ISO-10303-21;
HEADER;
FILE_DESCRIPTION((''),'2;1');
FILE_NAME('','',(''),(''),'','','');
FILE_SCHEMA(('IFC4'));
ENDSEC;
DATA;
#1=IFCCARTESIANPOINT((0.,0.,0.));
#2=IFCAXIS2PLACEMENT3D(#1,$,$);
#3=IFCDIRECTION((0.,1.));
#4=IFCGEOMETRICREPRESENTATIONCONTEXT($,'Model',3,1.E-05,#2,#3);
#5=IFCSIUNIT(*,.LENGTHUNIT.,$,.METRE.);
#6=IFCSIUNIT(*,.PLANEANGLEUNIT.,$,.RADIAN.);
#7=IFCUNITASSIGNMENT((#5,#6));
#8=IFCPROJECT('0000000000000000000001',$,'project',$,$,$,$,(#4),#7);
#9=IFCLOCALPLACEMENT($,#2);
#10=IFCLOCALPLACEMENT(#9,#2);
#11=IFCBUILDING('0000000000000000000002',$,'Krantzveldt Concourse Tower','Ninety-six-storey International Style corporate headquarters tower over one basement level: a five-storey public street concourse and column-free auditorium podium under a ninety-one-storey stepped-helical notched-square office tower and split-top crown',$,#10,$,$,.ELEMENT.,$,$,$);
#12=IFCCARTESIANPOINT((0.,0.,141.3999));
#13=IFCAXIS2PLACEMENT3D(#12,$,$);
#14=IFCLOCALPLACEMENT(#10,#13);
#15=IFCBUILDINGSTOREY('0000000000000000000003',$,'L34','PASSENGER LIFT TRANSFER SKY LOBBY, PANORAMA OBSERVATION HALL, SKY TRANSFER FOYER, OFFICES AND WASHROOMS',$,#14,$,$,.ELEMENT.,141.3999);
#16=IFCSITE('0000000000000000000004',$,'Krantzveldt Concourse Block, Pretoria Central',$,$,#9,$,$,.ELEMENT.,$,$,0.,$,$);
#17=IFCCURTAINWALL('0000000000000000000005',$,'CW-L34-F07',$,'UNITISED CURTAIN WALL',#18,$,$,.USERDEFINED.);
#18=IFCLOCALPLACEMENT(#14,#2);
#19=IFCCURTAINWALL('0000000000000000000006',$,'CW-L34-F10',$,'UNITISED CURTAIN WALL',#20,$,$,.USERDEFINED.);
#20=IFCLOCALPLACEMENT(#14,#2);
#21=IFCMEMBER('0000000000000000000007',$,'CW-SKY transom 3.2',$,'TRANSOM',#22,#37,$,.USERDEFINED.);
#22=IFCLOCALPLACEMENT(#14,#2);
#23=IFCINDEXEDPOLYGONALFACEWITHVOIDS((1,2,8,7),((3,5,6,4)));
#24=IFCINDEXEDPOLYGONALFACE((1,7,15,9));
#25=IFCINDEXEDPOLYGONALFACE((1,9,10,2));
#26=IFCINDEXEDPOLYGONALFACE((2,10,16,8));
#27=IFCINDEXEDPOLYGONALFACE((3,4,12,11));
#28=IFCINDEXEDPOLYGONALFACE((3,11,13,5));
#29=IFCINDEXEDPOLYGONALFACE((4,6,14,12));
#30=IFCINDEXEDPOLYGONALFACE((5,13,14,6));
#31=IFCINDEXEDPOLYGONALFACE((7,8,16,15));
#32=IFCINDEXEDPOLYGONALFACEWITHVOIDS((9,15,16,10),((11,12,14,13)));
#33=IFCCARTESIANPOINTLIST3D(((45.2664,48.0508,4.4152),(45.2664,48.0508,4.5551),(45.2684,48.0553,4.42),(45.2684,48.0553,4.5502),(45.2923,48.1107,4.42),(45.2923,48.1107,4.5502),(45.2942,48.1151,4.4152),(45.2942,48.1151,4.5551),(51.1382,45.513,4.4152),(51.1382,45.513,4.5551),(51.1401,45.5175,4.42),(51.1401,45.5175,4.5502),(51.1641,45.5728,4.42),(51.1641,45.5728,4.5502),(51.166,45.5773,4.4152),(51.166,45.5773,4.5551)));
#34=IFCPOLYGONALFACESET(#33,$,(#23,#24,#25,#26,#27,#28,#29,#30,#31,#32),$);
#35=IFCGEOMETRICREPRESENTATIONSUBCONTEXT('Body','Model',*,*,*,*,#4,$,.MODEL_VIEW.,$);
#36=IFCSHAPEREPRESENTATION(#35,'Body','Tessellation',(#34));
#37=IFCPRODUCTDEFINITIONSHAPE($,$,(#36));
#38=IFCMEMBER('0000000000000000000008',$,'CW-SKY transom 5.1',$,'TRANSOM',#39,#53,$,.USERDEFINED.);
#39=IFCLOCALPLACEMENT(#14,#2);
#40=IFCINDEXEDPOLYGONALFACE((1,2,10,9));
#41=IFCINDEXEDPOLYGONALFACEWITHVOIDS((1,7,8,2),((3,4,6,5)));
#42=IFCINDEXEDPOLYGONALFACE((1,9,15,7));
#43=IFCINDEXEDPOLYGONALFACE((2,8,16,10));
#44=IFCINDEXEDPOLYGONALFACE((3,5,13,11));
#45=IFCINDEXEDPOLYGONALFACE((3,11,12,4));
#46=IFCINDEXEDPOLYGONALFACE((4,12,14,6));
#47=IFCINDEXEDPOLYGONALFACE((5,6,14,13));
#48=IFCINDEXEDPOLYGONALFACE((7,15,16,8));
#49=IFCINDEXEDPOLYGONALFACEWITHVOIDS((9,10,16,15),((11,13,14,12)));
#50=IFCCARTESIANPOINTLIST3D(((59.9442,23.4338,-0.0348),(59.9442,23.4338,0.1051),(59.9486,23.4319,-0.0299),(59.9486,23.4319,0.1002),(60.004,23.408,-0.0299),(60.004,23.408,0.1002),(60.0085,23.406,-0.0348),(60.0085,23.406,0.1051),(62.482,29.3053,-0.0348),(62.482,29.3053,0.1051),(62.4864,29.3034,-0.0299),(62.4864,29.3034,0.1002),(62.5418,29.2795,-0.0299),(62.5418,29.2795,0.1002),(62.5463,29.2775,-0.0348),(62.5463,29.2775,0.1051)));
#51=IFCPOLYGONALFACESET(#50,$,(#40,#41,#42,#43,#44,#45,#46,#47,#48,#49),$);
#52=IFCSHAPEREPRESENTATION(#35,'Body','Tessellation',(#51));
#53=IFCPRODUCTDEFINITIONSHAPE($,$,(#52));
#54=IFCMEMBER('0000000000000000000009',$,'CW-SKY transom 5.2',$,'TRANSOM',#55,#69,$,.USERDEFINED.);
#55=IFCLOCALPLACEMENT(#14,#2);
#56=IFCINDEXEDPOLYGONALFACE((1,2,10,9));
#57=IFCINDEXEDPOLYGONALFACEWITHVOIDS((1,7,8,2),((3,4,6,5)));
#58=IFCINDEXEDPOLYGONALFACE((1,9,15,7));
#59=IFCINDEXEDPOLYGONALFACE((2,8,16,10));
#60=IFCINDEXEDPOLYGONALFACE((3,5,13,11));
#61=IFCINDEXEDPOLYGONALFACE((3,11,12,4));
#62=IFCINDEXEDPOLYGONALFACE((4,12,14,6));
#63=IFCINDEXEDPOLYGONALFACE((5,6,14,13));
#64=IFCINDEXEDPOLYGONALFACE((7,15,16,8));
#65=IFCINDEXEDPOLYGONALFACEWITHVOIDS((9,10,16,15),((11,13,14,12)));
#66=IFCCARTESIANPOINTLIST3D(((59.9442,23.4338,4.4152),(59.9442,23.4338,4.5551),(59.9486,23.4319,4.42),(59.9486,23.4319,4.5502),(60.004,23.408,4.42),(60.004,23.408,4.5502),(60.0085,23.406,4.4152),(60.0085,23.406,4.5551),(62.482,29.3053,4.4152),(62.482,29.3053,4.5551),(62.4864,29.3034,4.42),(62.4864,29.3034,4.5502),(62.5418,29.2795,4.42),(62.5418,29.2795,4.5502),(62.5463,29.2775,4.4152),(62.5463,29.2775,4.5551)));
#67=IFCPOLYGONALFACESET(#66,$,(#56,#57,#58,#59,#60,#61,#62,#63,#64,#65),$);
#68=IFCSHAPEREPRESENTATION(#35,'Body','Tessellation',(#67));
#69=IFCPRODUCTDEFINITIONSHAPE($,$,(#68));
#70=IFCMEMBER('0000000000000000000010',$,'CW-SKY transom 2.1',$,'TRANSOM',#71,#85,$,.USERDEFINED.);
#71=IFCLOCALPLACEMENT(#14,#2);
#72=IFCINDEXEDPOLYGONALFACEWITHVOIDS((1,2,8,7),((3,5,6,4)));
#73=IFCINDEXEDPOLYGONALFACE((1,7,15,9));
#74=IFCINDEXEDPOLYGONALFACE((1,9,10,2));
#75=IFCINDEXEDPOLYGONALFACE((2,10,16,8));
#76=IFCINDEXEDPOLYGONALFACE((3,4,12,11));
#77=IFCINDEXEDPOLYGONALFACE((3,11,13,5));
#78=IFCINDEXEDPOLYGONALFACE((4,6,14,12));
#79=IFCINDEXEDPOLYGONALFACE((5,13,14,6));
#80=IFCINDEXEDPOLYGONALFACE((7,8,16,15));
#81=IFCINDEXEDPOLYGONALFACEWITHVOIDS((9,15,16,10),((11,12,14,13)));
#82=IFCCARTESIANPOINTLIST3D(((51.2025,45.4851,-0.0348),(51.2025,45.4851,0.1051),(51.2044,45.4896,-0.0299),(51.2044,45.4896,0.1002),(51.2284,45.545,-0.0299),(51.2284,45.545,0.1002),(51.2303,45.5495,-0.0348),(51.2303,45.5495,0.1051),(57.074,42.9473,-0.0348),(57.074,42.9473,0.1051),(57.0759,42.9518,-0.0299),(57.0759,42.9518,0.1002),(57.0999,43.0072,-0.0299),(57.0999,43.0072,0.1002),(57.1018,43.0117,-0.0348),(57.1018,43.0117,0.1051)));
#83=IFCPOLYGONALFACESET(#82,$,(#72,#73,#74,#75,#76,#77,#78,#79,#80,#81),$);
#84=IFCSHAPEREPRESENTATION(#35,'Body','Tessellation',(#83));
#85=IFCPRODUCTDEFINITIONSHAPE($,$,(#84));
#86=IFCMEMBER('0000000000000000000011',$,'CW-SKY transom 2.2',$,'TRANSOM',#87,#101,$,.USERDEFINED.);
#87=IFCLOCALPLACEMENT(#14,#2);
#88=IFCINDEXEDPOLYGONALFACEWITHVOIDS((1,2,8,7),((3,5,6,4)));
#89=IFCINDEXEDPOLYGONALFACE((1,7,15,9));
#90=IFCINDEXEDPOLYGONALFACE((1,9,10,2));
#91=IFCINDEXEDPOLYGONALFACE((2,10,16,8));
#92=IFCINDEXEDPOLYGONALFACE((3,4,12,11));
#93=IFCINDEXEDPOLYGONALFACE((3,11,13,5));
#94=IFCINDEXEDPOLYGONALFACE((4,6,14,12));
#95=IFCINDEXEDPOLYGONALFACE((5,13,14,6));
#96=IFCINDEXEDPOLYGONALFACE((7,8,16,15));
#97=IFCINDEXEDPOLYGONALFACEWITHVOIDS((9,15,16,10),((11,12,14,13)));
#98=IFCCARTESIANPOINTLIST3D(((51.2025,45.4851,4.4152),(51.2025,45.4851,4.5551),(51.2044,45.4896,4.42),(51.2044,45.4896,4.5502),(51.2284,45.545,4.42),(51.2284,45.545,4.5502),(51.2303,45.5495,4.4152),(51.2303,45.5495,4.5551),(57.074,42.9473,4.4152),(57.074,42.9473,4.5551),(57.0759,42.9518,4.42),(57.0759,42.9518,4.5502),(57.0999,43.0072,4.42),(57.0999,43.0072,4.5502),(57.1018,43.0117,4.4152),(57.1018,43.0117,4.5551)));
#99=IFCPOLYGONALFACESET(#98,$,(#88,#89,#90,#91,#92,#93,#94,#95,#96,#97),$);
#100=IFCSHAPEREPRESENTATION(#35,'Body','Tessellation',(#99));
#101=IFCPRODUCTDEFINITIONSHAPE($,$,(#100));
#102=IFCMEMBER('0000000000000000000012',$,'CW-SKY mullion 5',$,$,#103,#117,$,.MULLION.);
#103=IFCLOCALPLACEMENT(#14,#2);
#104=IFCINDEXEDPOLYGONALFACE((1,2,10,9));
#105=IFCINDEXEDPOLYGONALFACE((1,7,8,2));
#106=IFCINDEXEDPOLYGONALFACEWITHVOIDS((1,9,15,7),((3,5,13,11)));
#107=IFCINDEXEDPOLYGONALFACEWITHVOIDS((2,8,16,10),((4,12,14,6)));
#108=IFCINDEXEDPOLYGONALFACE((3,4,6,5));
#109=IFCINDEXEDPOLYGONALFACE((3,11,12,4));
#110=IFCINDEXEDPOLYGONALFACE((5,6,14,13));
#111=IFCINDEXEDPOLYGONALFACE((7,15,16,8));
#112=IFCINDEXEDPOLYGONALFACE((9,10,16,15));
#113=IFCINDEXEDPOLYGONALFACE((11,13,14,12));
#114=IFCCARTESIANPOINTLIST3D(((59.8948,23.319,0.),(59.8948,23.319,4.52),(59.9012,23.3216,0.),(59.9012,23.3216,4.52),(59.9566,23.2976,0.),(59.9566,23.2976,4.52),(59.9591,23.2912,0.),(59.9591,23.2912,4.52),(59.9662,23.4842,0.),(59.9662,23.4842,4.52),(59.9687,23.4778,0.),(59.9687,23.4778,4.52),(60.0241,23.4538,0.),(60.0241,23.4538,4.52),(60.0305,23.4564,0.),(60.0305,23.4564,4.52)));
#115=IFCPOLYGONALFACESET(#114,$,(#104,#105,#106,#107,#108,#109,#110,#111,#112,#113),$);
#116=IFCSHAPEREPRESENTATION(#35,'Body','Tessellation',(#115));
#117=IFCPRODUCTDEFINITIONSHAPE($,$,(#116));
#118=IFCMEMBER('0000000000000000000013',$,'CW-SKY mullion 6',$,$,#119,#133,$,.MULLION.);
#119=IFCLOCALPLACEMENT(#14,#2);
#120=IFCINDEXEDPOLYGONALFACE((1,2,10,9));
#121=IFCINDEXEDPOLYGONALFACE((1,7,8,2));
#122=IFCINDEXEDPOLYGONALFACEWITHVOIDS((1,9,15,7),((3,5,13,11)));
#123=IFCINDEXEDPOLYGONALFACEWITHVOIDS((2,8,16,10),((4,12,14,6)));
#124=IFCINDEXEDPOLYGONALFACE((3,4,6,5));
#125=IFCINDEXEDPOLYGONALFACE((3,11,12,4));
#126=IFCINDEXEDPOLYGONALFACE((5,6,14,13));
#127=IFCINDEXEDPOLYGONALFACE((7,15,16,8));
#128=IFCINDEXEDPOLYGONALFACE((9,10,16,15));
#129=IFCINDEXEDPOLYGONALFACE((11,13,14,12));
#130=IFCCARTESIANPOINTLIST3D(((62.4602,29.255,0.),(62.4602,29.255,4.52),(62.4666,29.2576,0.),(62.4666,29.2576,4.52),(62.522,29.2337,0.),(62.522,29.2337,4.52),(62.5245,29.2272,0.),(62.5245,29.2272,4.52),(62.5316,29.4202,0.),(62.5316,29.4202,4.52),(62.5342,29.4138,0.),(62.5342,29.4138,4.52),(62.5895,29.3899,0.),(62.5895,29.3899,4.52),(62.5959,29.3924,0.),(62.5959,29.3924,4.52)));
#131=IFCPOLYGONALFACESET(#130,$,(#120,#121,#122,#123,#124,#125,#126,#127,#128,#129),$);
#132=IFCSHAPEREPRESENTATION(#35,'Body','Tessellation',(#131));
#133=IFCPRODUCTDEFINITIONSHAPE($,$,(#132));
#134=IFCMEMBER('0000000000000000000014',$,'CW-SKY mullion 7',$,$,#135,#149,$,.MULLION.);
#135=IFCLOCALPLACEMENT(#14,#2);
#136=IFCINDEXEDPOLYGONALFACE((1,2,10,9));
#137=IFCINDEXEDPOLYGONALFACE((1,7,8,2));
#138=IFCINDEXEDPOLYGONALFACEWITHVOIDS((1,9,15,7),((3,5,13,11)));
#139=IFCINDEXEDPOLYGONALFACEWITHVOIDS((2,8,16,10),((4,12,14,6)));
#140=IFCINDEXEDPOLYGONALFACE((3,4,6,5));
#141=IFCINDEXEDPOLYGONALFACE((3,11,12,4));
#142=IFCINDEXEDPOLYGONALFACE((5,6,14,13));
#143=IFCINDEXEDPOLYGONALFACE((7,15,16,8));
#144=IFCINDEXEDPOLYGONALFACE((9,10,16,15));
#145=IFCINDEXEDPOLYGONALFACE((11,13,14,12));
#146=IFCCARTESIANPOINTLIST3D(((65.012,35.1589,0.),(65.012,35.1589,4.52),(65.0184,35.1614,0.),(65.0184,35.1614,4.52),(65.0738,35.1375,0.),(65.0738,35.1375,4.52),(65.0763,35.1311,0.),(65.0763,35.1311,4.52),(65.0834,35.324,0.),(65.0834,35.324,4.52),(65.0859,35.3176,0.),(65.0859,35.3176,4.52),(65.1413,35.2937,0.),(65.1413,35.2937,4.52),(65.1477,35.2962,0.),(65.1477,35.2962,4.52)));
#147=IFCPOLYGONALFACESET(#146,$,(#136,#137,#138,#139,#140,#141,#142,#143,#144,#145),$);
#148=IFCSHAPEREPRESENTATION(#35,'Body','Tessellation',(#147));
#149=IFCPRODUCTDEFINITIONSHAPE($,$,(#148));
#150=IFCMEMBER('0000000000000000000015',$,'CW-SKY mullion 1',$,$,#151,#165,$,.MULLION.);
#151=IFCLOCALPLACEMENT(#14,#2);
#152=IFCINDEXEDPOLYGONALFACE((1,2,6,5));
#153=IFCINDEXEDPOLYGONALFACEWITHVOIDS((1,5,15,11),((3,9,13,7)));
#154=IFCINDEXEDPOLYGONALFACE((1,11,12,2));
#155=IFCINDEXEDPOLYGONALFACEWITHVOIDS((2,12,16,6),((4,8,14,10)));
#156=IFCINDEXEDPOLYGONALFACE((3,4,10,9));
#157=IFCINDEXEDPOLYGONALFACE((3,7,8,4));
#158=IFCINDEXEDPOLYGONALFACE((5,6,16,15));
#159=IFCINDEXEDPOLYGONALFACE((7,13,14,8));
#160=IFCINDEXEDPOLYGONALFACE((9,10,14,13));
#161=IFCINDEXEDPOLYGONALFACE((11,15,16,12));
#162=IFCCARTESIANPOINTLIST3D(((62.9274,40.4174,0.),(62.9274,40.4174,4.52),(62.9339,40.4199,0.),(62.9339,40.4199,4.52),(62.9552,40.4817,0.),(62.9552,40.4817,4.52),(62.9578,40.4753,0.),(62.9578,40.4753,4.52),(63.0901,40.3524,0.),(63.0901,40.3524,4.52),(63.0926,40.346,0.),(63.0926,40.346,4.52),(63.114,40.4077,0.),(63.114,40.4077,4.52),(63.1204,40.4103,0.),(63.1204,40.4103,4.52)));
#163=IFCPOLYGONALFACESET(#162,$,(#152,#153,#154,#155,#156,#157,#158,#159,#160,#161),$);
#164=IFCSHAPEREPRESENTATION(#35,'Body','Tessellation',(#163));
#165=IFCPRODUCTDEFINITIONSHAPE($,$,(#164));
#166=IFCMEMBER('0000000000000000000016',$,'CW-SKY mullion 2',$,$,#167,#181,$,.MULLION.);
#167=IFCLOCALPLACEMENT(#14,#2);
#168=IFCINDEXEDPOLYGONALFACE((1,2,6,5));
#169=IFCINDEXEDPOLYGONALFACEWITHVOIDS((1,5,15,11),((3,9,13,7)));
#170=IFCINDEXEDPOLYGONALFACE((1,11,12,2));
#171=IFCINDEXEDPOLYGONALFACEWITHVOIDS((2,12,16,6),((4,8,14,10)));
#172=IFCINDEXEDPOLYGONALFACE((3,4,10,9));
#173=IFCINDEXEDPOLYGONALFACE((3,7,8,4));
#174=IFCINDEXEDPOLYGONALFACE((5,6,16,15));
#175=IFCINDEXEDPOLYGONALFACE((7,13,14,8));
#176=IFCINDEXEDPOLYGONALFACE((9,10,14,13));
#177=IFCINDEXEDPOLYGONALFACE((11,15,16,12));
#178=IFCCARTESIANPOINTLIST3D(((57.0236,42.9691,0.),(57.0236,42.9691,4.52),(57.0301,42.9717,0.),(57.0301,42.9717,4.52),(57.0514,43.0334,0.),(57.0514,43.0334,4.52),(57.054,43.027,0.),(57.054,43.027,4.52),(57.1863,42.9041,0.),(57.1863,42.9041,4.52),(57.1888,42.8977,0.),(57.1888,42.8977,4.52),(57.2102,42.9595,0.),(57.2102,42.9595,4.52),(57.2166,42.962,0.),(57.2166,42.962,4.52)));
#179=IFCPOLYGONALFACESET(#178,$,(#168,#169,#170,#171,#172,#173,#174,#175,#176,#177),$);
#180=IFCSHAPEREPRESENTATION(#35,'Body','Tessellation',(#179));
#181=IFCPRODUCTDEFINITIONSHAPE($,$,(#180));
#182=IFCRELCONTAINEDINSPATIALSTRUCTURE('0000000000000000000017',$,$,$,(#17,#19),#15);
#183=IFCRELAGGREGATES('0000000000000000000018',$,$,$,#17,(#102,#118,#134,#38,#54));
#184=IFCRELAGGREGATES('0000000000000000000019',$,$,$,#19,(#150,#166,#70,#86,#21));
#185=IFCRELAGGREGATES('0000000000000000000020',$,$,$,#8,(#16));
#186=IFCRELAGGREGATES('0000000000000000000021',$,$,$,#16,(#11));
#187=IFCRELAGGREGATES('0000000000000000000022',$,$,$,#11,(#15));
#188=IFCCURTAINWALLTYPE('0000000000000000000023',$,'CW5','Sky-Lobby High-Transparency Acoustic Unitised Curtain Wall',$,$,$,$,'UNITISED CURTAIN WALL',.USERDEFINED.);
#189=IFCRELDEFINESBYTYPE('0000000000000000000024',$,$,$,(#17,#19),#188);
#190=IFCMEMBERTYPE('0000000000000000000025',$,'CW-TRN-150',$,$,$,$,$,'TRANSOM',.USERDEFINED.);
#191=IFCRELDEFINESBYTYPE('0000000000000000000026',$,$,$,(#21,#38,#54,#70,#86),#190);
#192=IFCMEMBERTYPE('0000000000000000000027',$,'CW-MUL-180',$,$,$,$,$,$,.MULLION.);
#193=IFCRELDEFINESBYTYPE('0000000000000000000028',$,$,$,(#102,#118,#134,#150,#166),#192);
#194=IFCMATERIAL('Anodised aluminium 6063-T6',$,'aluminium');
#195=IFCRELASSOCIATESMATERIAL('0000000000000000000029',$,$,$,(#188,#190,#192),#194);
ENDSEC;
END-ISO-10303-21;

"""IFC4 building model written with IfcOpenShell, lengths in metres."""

from ifc_helpers import new_model, si_unit, direction, frame, origin, origin_2d, place, context, subcontext, project, spatial, hollow_rectangle, extrude, source, transform, mapped, material, material_profile, profile_set, type_object, type_shapes, element, aggregate, save


model = new_model("IFC4")

# Units and contexts
model_context = context("Model", 3, precision=1e-05, world=origin(), true_north=direction((0.0, 1.0)))
body_context = subcontext(model_context, "Body", "Model", "MODEL_VIEW")
ifc_project = project(units=[si_unit("LENGTHUNIT", "METRE"), si_unit("PLANEANGLEUNIT", "RADIAN")], contexts=[model_context])

# Site, building, storey
site_placement = place(None, origin())
site = spatial("IfcSite", under=ifc_project, at=site_placement, Name="Krantzveldt Concourse Block, Pretoria Central", CompositionType="ELEMENT", RefElevation=0.0)
building_placement = place(site_placement, origin())
building = spatial("IfcBuilding", under=site, at=building_placement, Name="Krantzveldt Concourse Tower", Description="Ninety-six-storey International Style corporate headquarters tower over one basement level: a five-storey public street concourse and column-free auditorium podium under a ninety-one-storey stepped-helical notched-square office tower and split-top crown", CompositionType="ELEMENT")
storey_placement = place(building_placement, frame((0.0, 0.0, 141.3999)))
storey = spatial("IfcBuildingStorey", under=building, at=storey_placement, Name="L34", Description="PASSENGER LIFT TRANSFER SKY LOBBY, PANORAMA OBSERVATION HALL, SKY TRANSFER FOYER, OFFICES AND WASHROOMS", CompositionType="ELEMENT", Elevation=141.3999)

# Curtain walls, member
ifc_material_1 = material(Name="Anodised aluminium 6063-T6", Category="aluminium")
curtain_wall_type = type_object("IfcCurtainWallType", Name="CW5", Description="Sky-Lobby High-Transparency Acoustic Unitised Curtain Wall", ElementType="UNITISED CURTAIN WALL", PredefinedType="USERDEFINED", material=ifc_material_1)
curtain_wall_1_placement = place(storey_placement, origin())
curtain_wall_1 = element("IfcCurtainWall", 1, at=curtain_wall_1_placement, inside=storey, type_object=curtain_wall_type, Name="CW-L34-F07", ObjectType="UNITISED CURTAIN WALL", PredefinedType="USERDEFINED")
ifc_material_profile_1 = material_profile(ifc_material_1, hollow_rectangle(XDim=0.0701, YDim=0.1399, WallThickness=0.0049, at=origin_2d()), Name="Anodised aluminium 6063-T6", Category="aluminium")
ifc_profile_set_1 = profile_set([ifc_material_profile_1], Name="Anodised aluminium 6063-T6 - ALU-TRAN 140x70x5")
member_type_1 = type_object("IfcMemberType", Name="CW-TRN-150", ElementType="TRANSOM", PredefinedType="USERDEFINED", material=ifc_profile_set_1)
curtain_wall_2_placement = place(storey_placement, origin())
curtain_wall_2 = element("IfcCurtainWall", 2, at=curtain_wall_2_placement, inside=storey, type_object=curtain_wall_type, Name="CW-L34-F10", ObjectType="UNITISED CURTAIN WALL", PredefinedType="USERDEFINED")
shared_shape_1 = source(origin(), body_context, "Body", "SweptSolid", [
    extrude(hollow_rectangle(XDim=0.0701, YDim=0.1399, WallThickness=0.0049, at=origin_2d()), origin(), (0.0, 0.0, 1.0), 6.3967),
])
member_1_placement = place(storey_placement, frame((51.1521, 45.5452, 4.4851), z_axis=(-0.917933, 0.396736, 0.0), x_axis=(-0.396736, -0.917933, 0.0)))
member_1 = element("IfcMember", 3, at=member_1_placement, type_object=member_type_1, Name="CW-SKY transom 3.2", ObjectType="TRANSOM", PredefinedType="USERDEFINED", context=body_context, shape_type="MappedRepresentation", body=[
    mapped(shared_shape_1, transform((0.0, 0.0, 0.0), x_axis=(1.0, 0.0, 0.0), y_axis=(0.0, 1.0, 0.0), z_axis=(0.0, 0.0, 1.0), scale=1.0)),
])

# Members
shared_shape_2 = source(origin(), body_context, "Body", "SweptSolid", [
    extrude(hollow_rectangle(XDim=0.0701, YDim=0.1399, WallThickness=0.0049, at=origin_2d()), origin(), (0.0, 0.0, 1.0), 6.3965),
])
member_2_placement = place(storey_placement, frame((59.9763, 23.4199, 0.0352), z_axis=(0.39675, 0.917927, 0.0), x_axis=(-0.917927, 0.39675, 0.0)))
member_2 = element("IfcMember", 4, at=member_2_placement, type_object=member_type_1, Name="CW-SKY transom 5.1", ObjectType="TRANSOM", PredefinedType="USERDEFINED", context=body_context, shape_type="MappedRepresentation", body=[
    mapped(shared_shape_2, transform((0.0, 0.0, 0.0), x_axis=(1.0, 0.0, 0.0), y_axis=(0.0, 1.0, 0.0), z_axis=(0.0, 0.0, 1.0), scale=1.0)),
])
member_3_placement = place(storey_placement, frame((59.9763, 23.4199, 4.4851), z_axis=(0.39675, 0.917927, 0.0), x_axis=(-0.917927, 0.39675, 0.0)))
member_3 = element("IfcMember", 5, at=member_3_placement, type_object=member_type_1, Name="CW-SKY transom 5.2", ObjectType="TRANSOM", PredefinedType="USERDEFINED", context=body_context, shape_type="MappedRepresentation", body=[
    mapped(shared_shape_2, transform((0.0, 0.0, 0.0), x_axis=(1.0, 0.0, 0.0), y_axis=(0.0, 1.0, 0.0), z_axis=(0.0, 0.0, 1.0), scale=1.0)),
])
member_4_placement = place(storey_placement, frame((57.0879, 42.9795, 0.0352), z_axis=(-0.917927, 0.39675, 0.0), x_axis=(-0.39675, -0.917927, 0.0)))
member_4 = element("IfcMember", 6, at=member_4_placement, type_object=member_type_1, Name="CW-SKY transom 2.1", ObjectType="TRANSOM", PredefinedType="USERDEFINED", context=body_context, shape_type="MappedRepresentation", body=[
    mapped(shared_shape_2, transform((0.0, 0.0, 0.0), x_axis=(1.0, 0.0, 0.0), y_axis=(0.0, 1.0, 0.0), z_axis=(0.0, 0.0, 1.0), scale=1.0)),
])
member_5_placement = place(storey_placement, frame((57.0879, 42.9795, 4.4851), z_axis=(-0.917927, 0.39675, 0.0), x_axis=(-0.39675, -0.917927, 0.0)))
member_5 = element("IfcMember", 7, at=member_5_placement, type_object=member_type_1, Name="CW-SKY transom 2.2", ObjectType="TRANSOM", PredefinedType="USERDEFINED", context=body_context, shape_type="MappedRepresentation", body=[
    mapped(shared_shape_2, transform((0.0, 0.0, 0.0), x_axis=(1.0, 0.0, 0.0), y_axis=(0.0, 1.0, 0.0), z_axis=(0.0, 0.0, 1.0), scale=1.0)),
])
ifc_material_profile_2 = material_profile(ifc_material_1, hollow_rectangle(XDim=0.0701, YDim=0.1799, WallThickness=0.0049, at=origin_2d()), Name="Anodised aluminium 6063-T6", Category="aluminium")
ifc_profile_set_2 = profile_set([ifc_material_profile_2], Name="Anodised aluminium 6063-T6 - ALU-MULL 180x70x5")
member_type_2 = type_object("IfcMemberType", Name="CW-MUL-180", PredefinedType="MULLION", material=ifc_profile_set_2)
shared_shape_3 = source(origin(), body_context, "Body", "SweptSolid", [
    extrude(hollow_rectangle(XDim=0.0701, YDim=0.1799, WallThickness=0.0049, at=origin_2d()), origin(), (0.0, 0.0, 1.0), 4.52),
])
type_shapes(member_type_2, [shared_shape_3])
member_6_placement = place(storey_placement, frame((59.9626, 23.3877, 0.0), z_axis=(0.0, 0.0, 1.0), x_axis=(-0.917928, 0.396747, 0.0)))
member_6 = element("IfcMember", 8, at=member_6_placement, type_object=member_type_2, Name="CW-SKY mullion 5", PredefinedType="MULLION", context=body_context, shape_type="MappedRepresentation", body=[
    mapped(shared_shape_3, transform((0.0, 0.0, 0.0), x_axis=(1.0, 0.0, 0.0), y_axis=(0.0, 1.0, 0.0), z_axis=(0.0, 0.0, 1.0), scale=1.0)),
])
member_7_placement = place(storey_placement, frame((62.5281, 29.3237, 0.0), z_axis=(0.0, 0.0, 1.0), x_axis=(-0.917928, 0.396747, 0.0)))
member_7 = element("IfcMember", 9, at=member_7_placement, type_object=member_type_2, Name="CW-SKY mullion 6", PredefinedType="MULLION", context=body_context, shape_type="MappedRepresentation", body=[
    mapped(shared_shape_3, transform((0.0, 0.0, 0.0), x_axis=(1.0, 0.0, 0.0), y_axis=(0.0, 1.0, 0.0), z_axis=(0.0, 0.0, 1.0), scale=1.0)),
])
member_8_placement = place(storey_placement, frame((65.0798, 35.2275, 0.0), z_axis=(0.0, 0.0, 1.0), x_axis=(-0.917928, 0.396747, 0.0)))
member_8 = element("IfcMember", 10, at=member_8_placement, type_object=member_type_2, Name="CW-SKY mullion 7", PredefinedType="MULLION", context=body_context, shape_type="MappedRepresentation", body=[
    mapped(shared_shape_3, transform((0.0, 0.0, 0.0), x_axis=(1.0, 0.0, 0.0), y_axis=(0.0, 1.0, 0.0), z_axis=(0.0, 0.0, 1.0), scale=1.0)),
])
member_9_placement = place(storey_placement, frame((63.0239, 40.4138, 0.0), z_axis=(0.0, 0.0, 1.0), x_axis=(-0.396747, -0.917928, 0.0)))
member_9 = element("IfcMember", 11, at=member_9_placement, type_object=member_type_2, Name="CW-SKY mullion 1", PredefinedType="MULLION", context=body_context, shape_type="MappedRepresentation", body=[
    mapped(shared_shape_3, transform((0.0, 0.0, 0.0), x_axis=(1.0, 0.0, 0.0), y_axis=(0.0, 1.0, 0.0), z_axis=(0.0, 0.0, 1.0), scale=1.0)),
])
member_10_placement = place(storey_placement, frame((57.1201, 42.9656, 0.0), z_axis=(0.0, 0.0, 1.0), x_axis=(-0.396747, -0.917928, 0.0)))
member_10 = element("IfcMember", 12, at=member_10_placement, type_object=member_type_2, Name="CW-SKY mullion 2", PredefinedType="MULLION", context=body_context, shape_type="MappedRepresentation", body=[
    mapped(shared_shape_3, transform((0.0, 0.0, 0.0), x_axis=(1.0, 0.0, 0.0), y_axis=(0.0, 1.0, 0.0), z_axis=(0.0, 0.0, 1.0), scale=1.0)),
])

aggregate(curtain_wall_1, [member_6, member_7, member_8, member_2, member_3])
aggregate(curtain_wall_2, [member_9, member_10, member_4, member_5, member_1])

save(model, "model.ifc")
